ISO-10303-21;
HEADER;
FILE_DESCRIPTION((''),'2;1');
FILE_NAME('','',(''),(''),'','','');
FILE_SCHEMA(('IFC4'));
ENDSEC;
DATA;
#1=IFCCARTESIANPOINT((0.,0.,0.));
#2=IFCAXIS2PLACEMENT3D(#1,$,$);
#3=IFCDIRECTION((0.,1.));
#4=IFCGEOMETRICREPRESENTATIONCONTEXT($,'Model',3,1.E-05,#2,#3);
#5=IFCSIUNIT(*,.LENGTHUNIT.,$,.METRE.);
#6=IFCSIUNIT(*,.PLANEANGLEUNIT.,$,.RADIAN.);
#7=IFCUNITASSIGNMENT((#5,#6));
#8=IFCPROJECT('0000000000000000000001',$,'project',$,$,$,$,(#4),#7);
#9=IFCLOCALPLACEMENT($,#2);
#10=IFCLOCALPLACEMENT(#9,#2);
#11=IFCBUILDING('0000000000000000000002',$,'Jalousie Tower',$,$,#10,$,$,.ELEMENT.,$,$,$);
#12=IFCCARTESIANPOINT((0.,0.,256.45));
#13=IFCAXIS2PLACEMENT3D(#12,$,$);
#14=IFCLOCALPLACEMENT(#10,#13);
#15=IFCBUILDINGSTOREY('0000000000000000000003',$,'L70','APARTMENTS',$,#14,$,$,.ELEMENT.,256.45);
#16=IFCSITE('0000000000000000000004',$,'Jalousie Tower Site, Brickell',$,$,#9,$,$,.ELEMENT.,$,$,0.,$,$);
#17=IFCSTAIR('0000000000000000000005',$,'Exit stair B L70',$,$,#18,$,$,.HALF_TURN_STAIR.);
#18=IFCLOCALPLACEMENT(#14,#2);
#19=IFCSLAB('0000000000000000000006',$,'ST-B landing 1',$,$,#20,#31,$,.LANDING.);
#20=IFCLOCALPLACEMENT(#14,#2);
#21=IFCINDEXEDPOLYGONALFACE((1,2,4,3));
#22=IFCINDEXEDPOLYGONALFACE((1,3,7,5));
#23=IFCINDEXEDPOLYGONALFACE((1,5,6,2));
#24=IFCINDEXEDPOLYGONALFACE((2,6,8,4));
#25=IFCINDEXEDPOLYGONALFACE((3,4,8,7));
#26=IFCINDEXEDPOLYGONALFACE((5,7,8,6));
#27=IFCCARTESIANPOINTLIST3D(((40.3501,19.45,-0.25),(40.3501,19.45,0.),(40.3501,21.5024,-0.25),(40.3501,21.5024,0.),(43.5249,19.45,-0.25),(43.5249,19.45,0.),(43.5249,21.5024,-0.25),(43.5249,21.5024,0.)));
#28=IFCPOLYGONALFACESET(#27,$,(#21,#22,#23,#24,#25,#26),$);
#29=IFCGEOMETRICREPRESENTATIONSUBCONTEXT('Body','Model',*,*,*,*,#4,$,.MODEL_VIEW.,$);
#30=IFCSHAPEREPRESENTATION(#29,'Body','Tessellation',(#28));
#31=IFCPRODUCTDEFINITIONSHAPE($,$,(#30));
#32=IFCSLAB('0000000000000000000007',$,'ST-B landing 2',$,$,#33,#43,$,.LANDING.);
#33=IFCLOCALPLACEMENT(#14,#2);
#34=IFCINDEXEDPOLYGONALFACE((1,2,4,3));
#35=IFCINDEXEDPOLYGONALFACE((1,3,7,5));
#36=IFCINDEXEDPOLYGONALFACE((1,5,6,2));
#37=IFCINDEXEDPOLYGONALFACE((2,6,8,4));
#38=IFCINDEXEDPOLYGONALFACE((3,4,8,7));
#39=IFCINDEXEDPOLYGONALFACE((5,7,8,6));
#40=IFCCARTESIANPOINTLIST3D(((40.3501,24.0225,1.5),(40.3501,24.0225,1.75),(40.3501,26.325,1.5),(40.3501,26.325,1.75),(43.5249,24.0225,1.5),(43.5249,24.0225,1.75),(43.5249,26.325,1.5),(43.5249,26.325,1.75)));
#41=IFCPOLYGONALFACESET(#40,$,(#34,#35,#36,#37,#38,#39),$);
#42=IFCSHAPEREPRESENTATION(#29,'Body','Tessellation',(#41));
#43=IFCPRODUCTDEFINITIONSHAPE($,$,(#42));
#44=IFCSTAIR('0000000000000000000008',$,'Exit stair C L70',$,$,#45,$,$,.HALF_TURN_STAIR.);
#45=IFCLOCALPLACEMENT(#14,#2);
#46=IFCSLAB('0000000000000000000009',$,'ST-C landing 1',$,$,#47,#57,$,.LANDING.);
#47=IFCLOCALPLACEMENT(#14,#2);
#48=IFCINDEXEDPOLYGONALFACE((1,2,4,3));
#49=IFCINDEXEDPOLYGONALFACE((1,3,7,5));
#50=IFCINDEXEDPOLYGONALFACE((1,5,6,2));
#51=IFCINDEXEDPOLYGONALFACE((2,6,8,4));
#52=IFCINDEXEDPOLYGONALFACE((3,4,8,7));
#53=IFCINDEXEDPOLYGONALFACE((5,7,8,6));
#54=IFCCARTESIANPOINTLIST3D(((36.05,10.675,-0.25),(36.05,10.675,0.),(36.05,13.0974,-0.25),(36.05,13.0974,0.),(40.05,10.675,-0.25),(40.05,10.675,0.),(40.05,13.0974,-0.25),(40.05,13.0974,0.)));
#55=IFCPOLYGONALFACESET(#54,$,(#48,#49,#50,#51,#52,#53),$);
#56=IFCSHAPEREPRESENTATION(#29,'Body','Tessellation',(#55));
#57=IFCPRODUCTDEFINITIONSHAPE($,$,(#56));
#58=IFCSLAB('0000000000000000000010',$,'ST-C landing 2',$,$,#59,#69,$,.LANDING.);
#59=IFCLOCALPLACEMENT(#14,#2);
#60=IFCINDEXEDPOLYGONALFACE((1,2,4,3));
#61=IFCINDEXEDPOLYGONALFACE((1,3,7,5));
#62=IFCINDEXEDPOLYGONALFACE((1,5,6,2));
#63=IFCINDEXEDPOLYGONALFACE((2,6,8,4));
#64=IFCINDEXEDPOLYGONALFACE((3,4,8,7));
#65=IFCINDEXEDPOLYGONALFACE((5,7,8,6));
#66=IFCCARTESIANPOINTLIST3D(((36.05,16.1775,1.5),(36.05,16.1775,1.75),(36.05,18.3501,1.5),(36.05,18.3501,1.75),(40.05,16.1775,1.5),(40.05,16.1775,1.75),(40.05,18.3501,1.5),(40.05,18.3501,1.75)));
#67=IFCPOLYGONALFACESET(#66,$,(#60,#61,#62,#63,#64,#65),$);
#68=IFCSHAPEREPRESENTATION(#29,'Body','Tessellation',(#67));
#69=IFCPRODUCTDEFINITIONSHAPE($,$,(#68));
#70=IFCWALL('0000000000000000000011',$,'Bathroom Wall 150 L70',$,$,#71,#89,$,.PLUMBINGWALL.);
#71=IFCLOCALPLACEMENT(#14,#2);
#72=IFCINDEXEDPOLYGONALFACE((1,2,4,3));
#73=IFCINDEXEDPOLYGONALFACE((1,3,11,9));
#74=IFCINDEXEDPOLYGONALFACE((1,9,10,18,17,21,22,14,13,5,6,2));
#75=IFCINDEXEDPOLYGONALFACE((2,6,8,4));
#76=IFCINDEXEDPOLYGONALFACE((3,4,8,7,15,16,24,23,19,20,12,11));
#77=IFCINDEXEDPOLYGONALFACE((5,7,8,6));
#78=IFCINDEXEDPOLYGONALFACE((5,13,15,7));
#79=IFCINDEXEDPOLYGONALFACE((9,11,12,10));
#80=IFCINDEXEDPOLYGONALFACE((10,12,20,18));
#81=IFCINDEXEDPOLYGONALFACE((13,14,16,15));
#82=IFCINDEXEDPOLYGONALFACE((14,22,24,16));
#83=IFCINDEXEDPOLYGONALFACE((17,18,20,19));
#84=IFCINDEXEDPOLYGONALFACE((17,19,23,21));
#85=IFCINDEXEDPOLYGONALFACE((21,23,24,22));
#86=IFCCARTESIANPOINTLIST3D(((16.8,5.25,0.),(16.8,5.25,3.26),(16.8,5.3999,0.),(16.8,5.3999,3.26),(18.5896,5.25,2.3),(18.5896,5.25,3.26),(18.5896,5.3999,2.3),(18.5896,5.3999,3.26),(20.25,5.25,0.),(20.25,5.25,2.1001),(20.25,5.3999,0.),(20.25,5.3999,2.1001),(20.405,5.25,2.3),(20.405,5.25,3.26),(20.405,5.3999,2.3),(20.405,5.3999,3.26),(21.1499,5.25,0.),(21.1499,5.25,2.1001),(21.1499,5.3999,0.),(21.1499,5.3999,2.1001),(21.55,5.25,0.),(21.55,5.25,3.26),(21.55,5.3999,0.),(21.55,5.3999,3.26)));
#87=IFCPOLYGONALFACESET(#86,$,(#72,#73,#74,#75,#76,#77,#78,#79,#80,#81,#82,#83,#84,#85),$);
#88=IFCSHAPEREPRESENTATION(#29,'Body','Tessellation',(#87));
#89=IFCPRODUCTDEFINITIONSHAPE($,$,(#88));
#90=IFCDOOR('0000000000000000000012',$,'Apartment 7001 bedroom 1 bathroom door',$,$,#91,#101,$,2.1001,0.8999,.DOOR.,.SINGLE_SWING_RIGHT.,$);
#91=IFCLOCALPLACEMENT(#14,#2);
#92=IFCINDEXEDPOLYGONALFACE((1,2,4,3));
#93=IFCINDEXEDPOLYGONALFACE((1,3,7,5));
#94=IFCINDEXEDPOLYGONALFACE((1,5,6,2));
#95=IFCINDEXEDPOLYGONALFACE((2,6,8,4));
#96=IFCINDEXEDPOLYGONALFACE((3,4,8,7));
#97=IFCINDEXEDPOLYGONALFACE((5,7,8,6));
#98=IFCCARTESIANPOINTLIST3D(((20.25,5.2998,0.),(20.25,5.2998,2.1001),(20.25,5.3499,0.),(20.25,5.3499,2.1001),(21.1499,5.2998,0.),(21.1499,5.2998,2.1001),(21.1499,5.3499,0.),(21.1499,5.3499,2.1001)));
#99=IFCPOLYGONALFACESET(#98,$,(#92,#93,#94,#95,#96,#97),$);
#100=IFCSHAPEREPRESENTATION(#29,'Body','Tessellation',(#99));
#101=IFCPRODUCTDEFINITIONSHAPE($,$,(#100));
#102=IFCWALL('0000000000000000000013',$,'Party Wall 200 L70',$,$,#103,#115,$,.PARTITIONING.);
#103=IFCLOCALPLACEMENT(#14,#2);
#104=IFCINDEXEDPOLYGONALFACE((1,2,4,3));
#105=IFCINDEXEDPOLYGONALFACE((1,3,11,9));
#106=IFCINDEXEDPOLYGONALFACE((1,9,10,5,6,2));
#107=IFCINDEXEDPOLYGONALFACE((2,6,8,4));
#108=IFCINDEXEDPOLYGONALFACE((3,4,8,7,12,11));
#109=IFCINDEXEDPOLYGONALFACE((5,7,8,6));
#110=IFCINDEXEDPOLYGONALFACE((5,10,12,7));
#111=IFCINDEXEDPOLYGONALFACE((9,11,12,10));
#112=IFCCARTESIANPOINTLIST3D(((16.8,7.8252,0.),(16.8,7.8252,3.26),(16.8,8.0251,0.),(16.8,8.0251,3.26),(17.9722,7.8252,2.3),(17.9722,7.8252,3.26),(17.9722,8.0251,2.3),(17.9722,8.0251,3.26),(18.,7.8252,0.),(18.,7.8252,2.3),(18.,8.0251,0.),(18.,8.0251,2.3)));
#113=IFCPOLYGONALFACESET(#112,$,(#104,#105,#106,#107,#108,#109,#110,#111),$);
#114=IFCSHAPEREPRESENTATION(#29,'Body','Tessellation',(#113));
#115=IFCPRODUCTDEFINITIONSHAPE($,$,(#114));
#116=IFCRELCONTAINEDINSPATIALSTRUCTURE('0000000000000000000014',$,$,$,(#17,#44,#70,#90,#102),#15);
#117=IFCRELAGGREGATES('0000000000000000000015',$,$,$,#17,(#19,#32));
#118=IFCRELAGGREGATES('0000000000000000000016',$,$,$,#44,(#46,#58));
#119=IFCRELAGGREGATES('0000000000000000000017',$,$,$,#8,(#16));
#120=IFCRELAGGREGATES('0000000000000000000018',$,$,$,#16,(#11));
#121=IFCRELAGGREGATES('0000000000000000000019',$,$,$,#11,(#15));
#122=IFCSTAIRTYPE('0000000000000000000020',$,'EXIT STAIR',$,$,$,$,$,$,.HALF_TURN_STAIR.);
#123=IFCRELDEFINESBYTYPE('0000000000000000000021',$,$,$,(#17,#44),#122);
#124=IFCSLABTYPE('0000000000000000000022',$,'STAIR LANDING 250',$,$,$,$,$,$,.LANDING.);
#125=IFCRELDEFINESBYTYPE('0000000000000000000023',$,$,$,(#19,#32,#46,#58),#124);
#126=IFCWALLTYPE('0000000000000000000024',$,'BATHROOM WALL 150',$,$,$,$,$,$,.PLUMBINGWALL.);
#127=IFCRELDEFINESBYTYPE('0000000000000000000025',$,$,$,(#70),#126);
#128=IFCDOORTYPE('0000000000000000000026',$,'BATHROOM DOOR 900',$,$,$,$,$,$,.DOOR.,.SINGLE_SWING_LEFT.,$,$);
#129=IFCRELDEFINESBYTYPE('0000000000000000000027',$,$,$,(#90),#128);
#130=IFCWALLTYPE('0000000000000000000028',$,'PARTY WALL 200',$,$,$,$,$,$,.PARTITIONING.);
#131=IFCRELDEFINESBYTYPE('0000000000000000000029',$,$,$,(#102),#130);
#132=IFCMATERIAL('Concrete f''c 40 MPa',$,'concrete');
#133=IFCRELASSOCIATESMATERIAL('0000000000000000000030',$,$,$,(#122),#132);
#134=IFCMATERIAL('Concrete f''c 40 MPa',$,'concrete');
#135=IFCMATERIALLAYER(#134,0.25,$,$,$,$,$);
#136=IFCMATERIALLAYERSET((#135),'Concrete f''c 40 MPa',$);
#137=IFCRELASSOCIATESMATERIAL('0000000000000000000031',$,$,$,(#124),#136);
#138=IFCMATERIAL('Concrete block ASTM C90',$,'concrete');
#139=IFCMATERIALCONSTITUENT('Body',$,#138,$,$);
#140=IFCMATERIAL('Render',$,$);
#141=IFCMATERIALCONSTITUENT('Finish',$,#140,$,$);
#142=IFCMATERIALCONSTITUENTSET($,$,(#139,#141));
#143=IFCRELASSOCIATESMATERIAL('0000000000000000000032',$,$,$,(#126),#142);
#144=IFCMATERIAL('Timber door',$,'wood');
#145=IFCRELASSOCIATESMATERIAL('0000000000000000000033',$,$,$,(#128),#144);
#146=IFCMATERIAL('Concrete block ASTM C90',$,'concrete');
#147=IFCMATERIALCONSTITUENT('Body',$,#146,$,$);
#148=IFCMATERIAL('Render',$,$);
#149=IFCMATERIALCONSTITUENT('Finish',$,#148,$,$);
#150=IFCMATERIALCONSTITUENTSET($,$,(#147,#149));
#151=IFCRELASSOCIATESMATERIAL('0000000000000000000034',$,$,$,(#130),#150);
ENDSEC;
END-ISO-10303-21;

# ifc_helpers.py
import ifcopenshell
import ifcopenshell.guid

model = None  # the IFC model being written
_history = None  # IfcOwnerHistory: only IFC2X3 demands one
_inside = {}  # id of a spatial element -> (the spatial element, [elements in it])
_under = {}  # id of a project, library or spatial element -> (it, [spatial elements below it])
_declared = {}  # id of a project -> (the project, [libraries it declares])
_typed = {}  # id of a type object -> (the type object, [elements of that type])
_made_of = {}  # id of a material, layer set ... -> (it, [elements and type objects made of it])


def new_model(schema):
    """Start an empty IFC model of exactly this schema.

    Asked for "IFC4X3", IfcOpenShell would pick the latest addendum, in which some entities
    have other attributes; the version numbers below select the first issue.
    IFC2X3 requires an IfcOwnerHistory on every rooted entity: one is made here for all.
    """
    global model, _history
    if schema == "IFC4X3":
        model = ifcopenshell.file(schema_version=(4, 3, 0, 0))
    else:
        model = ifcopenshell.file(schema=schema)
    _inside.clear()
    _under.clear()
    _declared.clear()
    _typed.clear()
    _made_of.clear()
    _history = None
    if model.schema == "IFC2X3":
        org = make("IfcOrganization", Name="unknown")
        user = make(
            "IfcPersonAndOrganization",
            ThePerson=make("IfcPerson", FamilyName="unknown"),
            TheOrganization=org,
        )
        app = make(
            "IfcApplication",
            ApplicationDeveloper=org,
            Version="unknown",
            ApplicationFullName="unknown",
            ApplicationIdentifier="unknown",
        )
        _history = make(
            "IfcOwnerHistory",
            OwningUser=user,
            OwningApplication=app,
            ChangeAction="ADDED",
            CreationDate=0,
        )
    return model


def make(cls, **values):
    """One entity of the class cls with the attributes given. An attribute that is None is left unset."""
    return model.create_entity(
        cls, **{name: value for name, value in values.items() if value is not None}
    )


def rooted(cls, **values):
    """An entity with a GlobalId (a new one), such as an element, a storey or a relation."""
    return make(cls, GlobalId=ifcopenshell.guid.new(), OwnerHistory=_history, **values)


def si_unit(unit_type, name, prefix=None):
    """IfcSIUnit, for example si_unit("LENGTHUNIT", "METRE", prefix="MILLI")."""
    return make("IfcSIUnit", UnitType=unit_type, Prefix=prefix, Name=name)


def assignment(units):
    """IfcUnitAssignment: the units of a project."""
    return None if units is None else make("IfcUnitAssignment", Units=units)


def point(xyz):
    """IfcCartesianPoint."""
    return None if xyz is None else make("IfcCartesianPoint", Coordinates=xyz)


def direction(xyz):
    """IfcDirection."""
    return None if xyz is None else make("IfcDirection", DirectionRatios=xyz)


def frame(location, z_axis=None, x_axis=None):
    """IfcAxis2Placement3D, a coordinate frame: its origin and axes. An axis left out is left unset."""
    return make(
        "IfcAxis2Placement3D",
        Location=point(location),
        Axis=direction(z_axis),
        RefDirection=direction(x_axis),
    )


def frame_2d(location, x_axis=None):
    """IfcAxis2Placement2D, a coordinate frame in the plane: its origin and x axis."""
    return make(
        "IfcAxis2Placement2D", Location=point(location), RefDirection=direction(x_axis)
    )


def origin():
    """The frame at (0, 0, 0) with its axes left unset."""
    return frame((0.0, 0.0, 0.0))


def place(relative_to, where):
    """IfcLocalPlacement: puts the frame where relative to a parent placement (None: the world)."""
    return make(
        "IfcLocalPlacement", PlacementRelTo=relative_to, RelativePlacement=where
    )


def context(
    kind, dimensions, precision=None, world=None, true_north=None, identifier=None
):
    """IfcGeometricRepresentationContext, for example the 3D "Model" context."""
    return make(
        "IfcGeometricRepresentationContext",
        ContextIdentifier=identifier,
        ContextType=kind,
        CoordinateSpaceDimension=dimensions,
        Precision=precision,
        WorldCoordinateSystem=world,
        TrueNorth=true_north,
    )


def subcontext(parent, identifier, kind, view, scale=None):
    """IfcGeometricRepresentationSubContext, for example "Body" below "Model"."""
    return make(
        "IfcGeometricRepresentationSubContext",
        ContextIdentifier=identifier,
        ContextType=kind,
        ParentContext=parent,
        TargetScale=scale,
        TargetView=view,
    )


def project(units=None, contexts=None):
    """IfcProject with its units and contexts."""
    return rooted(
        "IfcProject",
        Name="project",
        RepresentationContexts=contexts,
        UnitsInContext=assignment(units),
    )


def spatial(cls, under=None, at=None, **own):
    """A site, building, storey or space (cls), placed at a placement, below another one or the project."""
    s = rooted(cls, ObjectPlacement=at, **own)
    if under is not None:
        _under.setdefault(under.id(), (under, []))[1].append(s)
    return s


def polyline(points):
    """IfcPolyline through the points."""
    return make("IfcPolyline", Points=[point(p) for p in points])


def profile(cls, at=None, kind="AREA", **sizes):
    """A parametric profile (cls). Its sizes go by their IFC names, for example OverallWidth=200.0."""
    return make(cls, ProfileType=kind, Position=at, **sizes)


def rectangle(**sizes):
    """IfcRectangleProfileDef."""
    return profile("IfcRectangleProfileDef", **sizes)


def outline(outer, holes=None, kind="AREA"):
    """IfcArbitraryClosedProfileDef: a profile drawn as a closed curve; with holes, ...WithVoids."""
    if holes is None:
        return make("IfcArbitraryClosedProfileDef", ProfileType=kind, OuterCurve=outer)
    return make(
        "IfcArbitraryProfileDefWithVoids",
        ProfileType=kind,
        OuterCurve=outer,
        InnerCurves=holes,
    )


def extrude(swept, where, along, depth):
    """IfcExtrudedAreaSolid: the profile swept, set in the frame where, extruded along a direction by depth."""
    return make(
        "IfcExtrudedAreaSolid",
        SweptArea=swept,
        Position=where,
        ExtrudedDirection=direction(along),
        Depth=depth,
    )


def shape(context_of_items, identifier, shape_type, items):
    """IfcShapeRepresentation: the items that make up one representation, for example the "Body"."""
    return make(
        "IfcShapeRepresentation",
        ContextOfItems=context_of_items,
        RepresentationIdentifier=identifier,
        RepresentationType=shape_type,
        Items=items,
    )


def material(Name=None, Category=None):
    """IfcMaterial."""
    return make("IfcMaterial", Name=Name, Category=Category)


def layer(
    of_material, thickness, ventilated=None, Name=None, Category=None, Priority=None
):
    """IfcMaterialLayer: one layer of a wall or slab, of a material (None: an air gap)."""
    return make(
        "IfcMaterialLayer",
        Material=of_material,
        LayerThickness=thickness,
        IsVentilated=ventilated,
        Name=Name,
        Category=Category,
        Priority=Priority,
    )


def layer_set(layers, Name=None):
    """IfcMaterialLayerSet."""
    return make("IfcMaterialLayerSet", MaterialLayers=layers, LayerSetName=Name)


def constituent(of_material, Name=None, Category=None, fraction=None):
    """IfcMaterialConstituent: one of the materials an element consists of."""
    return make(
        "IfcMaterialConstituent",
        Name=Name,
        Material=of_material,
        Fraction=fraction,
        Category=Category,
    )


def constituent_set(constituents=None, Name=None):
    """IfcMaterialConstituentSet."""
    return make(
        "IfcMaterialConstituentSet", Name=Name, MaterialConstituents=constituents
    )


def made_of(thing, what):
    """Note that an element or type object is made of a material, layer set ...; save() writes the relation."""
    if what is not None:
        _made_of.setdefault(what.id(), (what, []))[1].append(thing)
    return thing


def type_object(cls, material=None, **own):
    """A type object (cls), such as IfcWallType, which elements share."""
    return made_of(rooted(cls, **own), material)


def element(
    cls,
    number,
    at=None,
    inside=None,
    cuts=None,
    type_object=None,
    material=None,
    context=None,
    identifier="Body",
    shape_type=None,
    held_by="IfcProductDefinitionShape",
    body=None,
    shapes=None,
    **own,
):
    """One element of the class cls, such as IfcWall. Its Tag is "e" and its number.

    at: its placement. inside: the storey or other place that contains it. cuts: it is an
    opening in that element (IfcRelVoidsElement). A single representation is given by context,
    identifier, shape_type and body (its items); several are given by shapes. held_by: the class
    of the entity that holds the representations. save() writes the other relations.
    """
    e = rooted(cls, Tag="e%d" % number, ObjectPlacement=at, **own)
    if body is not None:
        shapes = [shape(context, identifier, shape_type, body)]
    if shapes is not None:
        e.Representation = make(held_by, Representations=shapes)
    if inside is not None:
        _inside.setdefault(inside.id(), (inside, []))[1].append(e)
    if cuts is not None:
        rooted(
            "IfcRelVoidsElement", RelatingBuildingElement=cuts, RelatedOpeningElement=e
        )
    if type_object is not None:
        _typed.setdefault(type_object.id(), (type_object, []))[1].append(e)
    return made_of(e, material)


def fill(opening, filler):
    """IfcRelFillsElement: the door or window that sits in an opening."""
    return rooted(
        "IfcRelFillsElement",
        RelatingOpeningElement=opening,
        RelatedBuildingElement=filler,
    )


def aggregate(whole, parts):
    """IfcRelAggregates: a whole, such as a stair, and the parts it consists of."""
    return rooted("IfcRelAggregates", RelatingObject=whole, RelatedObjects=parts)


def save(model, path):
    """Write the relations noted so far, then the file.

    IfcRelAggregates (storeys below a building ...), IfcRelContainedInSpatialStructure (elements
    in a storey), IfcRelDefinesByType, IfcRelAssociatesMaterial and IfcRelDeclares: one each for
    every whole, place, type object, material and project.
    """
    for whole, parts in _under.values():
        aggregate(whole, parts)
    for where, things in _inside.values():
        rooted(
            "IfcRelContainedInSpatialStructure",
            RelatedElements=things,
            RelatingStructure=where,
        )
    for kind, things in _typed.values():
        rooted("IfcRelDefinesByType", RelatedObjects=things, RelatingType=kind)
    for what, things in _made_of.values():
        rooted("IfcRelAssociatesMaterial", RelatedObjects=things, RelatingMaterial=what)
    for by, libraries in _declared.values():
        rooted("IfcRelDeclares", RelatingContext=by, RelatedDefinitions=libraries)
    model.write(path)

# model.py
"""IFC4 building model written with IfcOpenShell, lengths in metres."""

from ifc_helpers import new_model, si_unit, direction, frame, frame_2d, origin, place, context, subcontext, project, spatial, polyline, rectangle, outline, extrude, material, layer, layer_set, constituent, constituent_set, type_object, element, fill, aggregate, save


model = new_model("IFC4")

# Units and contexts
model_context = context("Model", 3, precision=1e-05, world=origin(), true_north=direction((0.0, 1.0)))
body_context = subcontext(model_context, "Body", "Model", "MODEL_VIEW")
ifc_project = project(units=[si_unit("LENGTHUNIT", "METRE"), si_unit("PLANEANGLEUNIT", "RADIAN")], contexts=[model_context])

# Site, building, storey
site_placement = place(None, origin())
site = spatial("IfcSite", under=ifc_project, at=site_placement, Name="Jalousie Tower Site, Brickell", CompositionType="ELEMENT", RefElevation=0.0)
building_placement = place(site_placement, origin())
building = spatial("IfcBuilding", under=site, at=building_placement, Name="Jalousie Tower", CompositionType="ELEMENT")
storey_placement = place(building_placement, frame((0.0, 0.0, 256.45)))
storey = spatial("IfcBuildingStorey", under=building, at=storey_placement, Name="L70", Description="APARTMENTS", CompositionType="ELEMENT", Elevation=256.45)

# Stairs, slabs
ifc_material_1 = material(Name="Concrete f'c 40 MPa", Category="concrete")
stair_type = type_object("IfcStairType", Name="EXIT STAIR", PredefinedType="HALF_TURN_STAIR", material=ifc_material_1)
ifc_material_2 = material(Name="Concrete f'c 40 MPa", Category="concrete")
ifc_layer_1 = layer(ifc_material_2, 0.25)
ifc_layer_set_1 = layer_set([ifc_layer_1], Name="Concrete f'c 40 MPa")
slab_type_1 = type_object("IfcSlabType", Name="STAIR LANDING 250", PredefinedType="LANDING", material=ifc_layer_set_1)
stair_1_placement = place(storey_placement, origin())
stair_1 = element("IfcStair", 1, at=stair_1_placement, inside=storey, type_object=stair_type, Name="Exit stair B L70", PredefinedType="HALF_TURN_STAIR")
slab_1_placement = place(storey_placement, frame((0.0, 0.0, -0.25)))
slab_1 = element("IfcSlab", 2, at=slab_1_placement, type_object=slab_type_1, Name="ST-B landing 1", PredefinedType="LANDING", context=body_context, shape_type="SweptSolid", body=[
    extrude(outline(polyline([(40.3501, 19.45), (43.5249, 19.45), (43.5249, 21.5024), (40.3501, 21.5024), (40.3501, 19.45)])), origin(), (0.0, 0.0, 1.0), 0.25),
])
slab_2_placement = place(storey_placement, frame((0.0, 0.0, 1.5)))
slab_2 = element("IfcSlab", 3, at=slab_2_placement, type_object=slab_type_1, Name="ST-B landing 2", PredefinedType="LANDING", context=body_context, shape_type="SweptSolid", body=[
    extrude(outline(polyline([(40.3501, 24.0225), (43.5249, 24.0225), (43.5249, 26.325), (40.3501, 26.325), (40.3501, 24.0225)])), origin(), (0.0, 0.0, 1.0), 0.25),
])
aggregate(stair_1, [slab_1, slab_2])
stair_2_placement = place(storey_placement, origin())
stair_2 = element("IfcStair", 4, at=stair_2_placement, inside=storey, type_object=stair_type, Name="Exit stair C L70", PredefinedType="HALF_TURN_STAIR")
slab_3_placement = place(storey_placement, frame((0.0, 0.0, -0.25)))
slab_3 = element("IfcSlab", 5, at=slab_3_placement, type_object=slab_type_1, Name="ST-C landing 1", PredefinedType="LANDING", context=body_context, shape_type="SweptSolid", body=[
    extrude(outline(polyline([(36.05, 10.675), (40.05, 10.675), (40.05, 13.0974), (36.05, 13.0974), (36.05, 10.675)])), origin(), (0.0, 0.0, 1.0), 0.25),
])
slab_4_placement = place(storey_placement, frame((0.0, 0.0, 1.5)))
slab_4 = element("IfcSlab", 6, at=slab_4_placement, type_object=slab_type_1, Name="ST-C landing 2", PredefinedType="LANDING", context=body_context, shape_type="SweptSolid", body=[
    extrude(outline(polyline([(36.05, 16.1775), (40.05, 16.1775), (40.05, 18.3501), (36.05, 18.3501), (36.05, 16.1775)])), origin(), (0.0, 0.0, 1.0), 0.25),
])
aggregate(stair_2, [slab_3, slab_4])

# Wall, opening, door
ifc_material_3 = material(Name="Concrete block ASTM C90", Category="concrete")
ifc_constituent_1 = constituent(ifc_material_3, Name="Body")
ifc_material_4 = material(Name="Render")
ifc_constituent_2 = constituent(ifc_material_4, Name="Finish")
ifc_constituent_set_1 = constituent_set(constituents=[ifc_constituent_1, ifc_constituent_2])
wall_type_1 = type_object("IfcWallType", Name="BATHROOM WALL 150", PredefinedType="PLUMBINGWALL", material=ifc_constituent_set_1)
wall_1_placement = place(storey_placement, frame((16.8, 5.325, 0.0), z_axis=(0.0, 0.0, 1.0), x_axis=(1.0, 0.0, 0.0)))
wall_1 = element("IfcWall", 7, at=wall_1_placement, inside=storey, type_object=wall_type_1, Name="Bathroom Wall 150 L70", PredefinedType="PLUMBINGWALL", context=body_context, shape_type="SweptSolid", body=[
    extrude(outline(polyline([(0.0, 0.0), (4.75, 0.0), (4.75, 3.26), (3.605, 3.26), (3.605, 2.3), (1.7896, 2.3), (1.7896, 3.26), (0.0, 3.26), (0.0, 0.0)])), frame((0.0, 0.075, 0.0), z_axis=(0.0, -1.0, 0.0), x_axis=(1.0, 0.0, 0.0)), (0.0, 0.0, 1.0), 0.1499),
])
opening_placement = place(wall_1_placement, frame((3.45, 0.0, 0.0)))
opening = element("IfcOpeningElement", 8, at=opening_placement, cuts=wall_1, PredefinedType="OPENING", context=body_context, shape_type="SweptSolid", body=[
    extrude(rectangle(XDim=0.8999, YDim=2.1001, at=frame_2d((0.45, 1.05))), frame((0.0, 0.085, 0.0), z_axis=(0.0, -1.0, 0.0), x_axis=(1.0, 0.0, 0.0)), (0.0, 0.0, 1.0), 0.1699),
])
ifc_material_5 = material(Name="Timber door", Category="wood")
door_type = type_object("IfcDoorType", Name="BATHROOM DOOR 900", OperationType="SINGLE_SWING_LEFT", PredefinedType="DOOR", material=ifc_material_5)
door_placement = place(opening_placement, origin())
door = element("IfcDoor", 9, at=door_placement, inside=storey, type_object=door_type, Name="Apartment 7001 bedroom 1 bathroom door", OperationType="SINGLE_SWING_RIGHT", OverallHeight=2.1001, OverallWidth=0.8999, PredefinedType="DOOR", context=body_context, shape_type="SweptSolid", body=[
    extrude(rectangle(XDim=0.8999, YDim=2.1001, at=frame_2d((0.45, 1.05))), frame((0.0, 0.0249, 0.0), z_axis=(0.0, -1.0, 0.0), x_axis=(1.0, 0.0, 0.0)), (0.0, 0.0, 1.0), 0.05),
])
fill(opening, door)

# Wall
ifc_material_6 = material(Name="Concrete block ASTM C90", Category="concrete")
ifc_constituent_3 = constituent(ifc_material_6, Name="Body")
ifc_material_7 = material(Name="Render")
ifc_constituent_4 = constituent(ifc_material_7, Name="Finish")
ifc_constituent_set_2 = constituent_set(constituents=[ifc_constituent_3, ifc_constituent_4])
wall_type_2 = type_object("IfcWallType", Name="PARTY WALL 200", PredefinedType="PARTITIONING", material=ifc_constituent_set_2)
wall_2_placement = place(storey_placement, frame((16.8, 7.925, 0.0), z_axis=(0.0, 0.0, 1.0), x_axis=(1.0, 0.0, 0.0)))
element("IfcWall", 10, at=wall_2_placement, inside=storey, type_object=wall_type_2, Name="Party Wall 200 L70", PredefinedType="PARTITIONING", context=body_context, shape_type="SweptSolid", body=[
    extrude(outline(polyline([(0.0, 0.0), (1.2, 0.0), (1.2, 3.26), (1.2, 2.3), (1.1721, 2.3), (1.1721, 3.26), (0.0, 3.26), (0.0, 0.0)])), frame((0.0, 0.1001, 0.0), z_axis=(0.0, -1.0, 0.0), x_axis=(1.0, 0.0, 0.0)), (0.0, 0.0, 1.0), 0.2),
])

save(model, "model.ifc")
